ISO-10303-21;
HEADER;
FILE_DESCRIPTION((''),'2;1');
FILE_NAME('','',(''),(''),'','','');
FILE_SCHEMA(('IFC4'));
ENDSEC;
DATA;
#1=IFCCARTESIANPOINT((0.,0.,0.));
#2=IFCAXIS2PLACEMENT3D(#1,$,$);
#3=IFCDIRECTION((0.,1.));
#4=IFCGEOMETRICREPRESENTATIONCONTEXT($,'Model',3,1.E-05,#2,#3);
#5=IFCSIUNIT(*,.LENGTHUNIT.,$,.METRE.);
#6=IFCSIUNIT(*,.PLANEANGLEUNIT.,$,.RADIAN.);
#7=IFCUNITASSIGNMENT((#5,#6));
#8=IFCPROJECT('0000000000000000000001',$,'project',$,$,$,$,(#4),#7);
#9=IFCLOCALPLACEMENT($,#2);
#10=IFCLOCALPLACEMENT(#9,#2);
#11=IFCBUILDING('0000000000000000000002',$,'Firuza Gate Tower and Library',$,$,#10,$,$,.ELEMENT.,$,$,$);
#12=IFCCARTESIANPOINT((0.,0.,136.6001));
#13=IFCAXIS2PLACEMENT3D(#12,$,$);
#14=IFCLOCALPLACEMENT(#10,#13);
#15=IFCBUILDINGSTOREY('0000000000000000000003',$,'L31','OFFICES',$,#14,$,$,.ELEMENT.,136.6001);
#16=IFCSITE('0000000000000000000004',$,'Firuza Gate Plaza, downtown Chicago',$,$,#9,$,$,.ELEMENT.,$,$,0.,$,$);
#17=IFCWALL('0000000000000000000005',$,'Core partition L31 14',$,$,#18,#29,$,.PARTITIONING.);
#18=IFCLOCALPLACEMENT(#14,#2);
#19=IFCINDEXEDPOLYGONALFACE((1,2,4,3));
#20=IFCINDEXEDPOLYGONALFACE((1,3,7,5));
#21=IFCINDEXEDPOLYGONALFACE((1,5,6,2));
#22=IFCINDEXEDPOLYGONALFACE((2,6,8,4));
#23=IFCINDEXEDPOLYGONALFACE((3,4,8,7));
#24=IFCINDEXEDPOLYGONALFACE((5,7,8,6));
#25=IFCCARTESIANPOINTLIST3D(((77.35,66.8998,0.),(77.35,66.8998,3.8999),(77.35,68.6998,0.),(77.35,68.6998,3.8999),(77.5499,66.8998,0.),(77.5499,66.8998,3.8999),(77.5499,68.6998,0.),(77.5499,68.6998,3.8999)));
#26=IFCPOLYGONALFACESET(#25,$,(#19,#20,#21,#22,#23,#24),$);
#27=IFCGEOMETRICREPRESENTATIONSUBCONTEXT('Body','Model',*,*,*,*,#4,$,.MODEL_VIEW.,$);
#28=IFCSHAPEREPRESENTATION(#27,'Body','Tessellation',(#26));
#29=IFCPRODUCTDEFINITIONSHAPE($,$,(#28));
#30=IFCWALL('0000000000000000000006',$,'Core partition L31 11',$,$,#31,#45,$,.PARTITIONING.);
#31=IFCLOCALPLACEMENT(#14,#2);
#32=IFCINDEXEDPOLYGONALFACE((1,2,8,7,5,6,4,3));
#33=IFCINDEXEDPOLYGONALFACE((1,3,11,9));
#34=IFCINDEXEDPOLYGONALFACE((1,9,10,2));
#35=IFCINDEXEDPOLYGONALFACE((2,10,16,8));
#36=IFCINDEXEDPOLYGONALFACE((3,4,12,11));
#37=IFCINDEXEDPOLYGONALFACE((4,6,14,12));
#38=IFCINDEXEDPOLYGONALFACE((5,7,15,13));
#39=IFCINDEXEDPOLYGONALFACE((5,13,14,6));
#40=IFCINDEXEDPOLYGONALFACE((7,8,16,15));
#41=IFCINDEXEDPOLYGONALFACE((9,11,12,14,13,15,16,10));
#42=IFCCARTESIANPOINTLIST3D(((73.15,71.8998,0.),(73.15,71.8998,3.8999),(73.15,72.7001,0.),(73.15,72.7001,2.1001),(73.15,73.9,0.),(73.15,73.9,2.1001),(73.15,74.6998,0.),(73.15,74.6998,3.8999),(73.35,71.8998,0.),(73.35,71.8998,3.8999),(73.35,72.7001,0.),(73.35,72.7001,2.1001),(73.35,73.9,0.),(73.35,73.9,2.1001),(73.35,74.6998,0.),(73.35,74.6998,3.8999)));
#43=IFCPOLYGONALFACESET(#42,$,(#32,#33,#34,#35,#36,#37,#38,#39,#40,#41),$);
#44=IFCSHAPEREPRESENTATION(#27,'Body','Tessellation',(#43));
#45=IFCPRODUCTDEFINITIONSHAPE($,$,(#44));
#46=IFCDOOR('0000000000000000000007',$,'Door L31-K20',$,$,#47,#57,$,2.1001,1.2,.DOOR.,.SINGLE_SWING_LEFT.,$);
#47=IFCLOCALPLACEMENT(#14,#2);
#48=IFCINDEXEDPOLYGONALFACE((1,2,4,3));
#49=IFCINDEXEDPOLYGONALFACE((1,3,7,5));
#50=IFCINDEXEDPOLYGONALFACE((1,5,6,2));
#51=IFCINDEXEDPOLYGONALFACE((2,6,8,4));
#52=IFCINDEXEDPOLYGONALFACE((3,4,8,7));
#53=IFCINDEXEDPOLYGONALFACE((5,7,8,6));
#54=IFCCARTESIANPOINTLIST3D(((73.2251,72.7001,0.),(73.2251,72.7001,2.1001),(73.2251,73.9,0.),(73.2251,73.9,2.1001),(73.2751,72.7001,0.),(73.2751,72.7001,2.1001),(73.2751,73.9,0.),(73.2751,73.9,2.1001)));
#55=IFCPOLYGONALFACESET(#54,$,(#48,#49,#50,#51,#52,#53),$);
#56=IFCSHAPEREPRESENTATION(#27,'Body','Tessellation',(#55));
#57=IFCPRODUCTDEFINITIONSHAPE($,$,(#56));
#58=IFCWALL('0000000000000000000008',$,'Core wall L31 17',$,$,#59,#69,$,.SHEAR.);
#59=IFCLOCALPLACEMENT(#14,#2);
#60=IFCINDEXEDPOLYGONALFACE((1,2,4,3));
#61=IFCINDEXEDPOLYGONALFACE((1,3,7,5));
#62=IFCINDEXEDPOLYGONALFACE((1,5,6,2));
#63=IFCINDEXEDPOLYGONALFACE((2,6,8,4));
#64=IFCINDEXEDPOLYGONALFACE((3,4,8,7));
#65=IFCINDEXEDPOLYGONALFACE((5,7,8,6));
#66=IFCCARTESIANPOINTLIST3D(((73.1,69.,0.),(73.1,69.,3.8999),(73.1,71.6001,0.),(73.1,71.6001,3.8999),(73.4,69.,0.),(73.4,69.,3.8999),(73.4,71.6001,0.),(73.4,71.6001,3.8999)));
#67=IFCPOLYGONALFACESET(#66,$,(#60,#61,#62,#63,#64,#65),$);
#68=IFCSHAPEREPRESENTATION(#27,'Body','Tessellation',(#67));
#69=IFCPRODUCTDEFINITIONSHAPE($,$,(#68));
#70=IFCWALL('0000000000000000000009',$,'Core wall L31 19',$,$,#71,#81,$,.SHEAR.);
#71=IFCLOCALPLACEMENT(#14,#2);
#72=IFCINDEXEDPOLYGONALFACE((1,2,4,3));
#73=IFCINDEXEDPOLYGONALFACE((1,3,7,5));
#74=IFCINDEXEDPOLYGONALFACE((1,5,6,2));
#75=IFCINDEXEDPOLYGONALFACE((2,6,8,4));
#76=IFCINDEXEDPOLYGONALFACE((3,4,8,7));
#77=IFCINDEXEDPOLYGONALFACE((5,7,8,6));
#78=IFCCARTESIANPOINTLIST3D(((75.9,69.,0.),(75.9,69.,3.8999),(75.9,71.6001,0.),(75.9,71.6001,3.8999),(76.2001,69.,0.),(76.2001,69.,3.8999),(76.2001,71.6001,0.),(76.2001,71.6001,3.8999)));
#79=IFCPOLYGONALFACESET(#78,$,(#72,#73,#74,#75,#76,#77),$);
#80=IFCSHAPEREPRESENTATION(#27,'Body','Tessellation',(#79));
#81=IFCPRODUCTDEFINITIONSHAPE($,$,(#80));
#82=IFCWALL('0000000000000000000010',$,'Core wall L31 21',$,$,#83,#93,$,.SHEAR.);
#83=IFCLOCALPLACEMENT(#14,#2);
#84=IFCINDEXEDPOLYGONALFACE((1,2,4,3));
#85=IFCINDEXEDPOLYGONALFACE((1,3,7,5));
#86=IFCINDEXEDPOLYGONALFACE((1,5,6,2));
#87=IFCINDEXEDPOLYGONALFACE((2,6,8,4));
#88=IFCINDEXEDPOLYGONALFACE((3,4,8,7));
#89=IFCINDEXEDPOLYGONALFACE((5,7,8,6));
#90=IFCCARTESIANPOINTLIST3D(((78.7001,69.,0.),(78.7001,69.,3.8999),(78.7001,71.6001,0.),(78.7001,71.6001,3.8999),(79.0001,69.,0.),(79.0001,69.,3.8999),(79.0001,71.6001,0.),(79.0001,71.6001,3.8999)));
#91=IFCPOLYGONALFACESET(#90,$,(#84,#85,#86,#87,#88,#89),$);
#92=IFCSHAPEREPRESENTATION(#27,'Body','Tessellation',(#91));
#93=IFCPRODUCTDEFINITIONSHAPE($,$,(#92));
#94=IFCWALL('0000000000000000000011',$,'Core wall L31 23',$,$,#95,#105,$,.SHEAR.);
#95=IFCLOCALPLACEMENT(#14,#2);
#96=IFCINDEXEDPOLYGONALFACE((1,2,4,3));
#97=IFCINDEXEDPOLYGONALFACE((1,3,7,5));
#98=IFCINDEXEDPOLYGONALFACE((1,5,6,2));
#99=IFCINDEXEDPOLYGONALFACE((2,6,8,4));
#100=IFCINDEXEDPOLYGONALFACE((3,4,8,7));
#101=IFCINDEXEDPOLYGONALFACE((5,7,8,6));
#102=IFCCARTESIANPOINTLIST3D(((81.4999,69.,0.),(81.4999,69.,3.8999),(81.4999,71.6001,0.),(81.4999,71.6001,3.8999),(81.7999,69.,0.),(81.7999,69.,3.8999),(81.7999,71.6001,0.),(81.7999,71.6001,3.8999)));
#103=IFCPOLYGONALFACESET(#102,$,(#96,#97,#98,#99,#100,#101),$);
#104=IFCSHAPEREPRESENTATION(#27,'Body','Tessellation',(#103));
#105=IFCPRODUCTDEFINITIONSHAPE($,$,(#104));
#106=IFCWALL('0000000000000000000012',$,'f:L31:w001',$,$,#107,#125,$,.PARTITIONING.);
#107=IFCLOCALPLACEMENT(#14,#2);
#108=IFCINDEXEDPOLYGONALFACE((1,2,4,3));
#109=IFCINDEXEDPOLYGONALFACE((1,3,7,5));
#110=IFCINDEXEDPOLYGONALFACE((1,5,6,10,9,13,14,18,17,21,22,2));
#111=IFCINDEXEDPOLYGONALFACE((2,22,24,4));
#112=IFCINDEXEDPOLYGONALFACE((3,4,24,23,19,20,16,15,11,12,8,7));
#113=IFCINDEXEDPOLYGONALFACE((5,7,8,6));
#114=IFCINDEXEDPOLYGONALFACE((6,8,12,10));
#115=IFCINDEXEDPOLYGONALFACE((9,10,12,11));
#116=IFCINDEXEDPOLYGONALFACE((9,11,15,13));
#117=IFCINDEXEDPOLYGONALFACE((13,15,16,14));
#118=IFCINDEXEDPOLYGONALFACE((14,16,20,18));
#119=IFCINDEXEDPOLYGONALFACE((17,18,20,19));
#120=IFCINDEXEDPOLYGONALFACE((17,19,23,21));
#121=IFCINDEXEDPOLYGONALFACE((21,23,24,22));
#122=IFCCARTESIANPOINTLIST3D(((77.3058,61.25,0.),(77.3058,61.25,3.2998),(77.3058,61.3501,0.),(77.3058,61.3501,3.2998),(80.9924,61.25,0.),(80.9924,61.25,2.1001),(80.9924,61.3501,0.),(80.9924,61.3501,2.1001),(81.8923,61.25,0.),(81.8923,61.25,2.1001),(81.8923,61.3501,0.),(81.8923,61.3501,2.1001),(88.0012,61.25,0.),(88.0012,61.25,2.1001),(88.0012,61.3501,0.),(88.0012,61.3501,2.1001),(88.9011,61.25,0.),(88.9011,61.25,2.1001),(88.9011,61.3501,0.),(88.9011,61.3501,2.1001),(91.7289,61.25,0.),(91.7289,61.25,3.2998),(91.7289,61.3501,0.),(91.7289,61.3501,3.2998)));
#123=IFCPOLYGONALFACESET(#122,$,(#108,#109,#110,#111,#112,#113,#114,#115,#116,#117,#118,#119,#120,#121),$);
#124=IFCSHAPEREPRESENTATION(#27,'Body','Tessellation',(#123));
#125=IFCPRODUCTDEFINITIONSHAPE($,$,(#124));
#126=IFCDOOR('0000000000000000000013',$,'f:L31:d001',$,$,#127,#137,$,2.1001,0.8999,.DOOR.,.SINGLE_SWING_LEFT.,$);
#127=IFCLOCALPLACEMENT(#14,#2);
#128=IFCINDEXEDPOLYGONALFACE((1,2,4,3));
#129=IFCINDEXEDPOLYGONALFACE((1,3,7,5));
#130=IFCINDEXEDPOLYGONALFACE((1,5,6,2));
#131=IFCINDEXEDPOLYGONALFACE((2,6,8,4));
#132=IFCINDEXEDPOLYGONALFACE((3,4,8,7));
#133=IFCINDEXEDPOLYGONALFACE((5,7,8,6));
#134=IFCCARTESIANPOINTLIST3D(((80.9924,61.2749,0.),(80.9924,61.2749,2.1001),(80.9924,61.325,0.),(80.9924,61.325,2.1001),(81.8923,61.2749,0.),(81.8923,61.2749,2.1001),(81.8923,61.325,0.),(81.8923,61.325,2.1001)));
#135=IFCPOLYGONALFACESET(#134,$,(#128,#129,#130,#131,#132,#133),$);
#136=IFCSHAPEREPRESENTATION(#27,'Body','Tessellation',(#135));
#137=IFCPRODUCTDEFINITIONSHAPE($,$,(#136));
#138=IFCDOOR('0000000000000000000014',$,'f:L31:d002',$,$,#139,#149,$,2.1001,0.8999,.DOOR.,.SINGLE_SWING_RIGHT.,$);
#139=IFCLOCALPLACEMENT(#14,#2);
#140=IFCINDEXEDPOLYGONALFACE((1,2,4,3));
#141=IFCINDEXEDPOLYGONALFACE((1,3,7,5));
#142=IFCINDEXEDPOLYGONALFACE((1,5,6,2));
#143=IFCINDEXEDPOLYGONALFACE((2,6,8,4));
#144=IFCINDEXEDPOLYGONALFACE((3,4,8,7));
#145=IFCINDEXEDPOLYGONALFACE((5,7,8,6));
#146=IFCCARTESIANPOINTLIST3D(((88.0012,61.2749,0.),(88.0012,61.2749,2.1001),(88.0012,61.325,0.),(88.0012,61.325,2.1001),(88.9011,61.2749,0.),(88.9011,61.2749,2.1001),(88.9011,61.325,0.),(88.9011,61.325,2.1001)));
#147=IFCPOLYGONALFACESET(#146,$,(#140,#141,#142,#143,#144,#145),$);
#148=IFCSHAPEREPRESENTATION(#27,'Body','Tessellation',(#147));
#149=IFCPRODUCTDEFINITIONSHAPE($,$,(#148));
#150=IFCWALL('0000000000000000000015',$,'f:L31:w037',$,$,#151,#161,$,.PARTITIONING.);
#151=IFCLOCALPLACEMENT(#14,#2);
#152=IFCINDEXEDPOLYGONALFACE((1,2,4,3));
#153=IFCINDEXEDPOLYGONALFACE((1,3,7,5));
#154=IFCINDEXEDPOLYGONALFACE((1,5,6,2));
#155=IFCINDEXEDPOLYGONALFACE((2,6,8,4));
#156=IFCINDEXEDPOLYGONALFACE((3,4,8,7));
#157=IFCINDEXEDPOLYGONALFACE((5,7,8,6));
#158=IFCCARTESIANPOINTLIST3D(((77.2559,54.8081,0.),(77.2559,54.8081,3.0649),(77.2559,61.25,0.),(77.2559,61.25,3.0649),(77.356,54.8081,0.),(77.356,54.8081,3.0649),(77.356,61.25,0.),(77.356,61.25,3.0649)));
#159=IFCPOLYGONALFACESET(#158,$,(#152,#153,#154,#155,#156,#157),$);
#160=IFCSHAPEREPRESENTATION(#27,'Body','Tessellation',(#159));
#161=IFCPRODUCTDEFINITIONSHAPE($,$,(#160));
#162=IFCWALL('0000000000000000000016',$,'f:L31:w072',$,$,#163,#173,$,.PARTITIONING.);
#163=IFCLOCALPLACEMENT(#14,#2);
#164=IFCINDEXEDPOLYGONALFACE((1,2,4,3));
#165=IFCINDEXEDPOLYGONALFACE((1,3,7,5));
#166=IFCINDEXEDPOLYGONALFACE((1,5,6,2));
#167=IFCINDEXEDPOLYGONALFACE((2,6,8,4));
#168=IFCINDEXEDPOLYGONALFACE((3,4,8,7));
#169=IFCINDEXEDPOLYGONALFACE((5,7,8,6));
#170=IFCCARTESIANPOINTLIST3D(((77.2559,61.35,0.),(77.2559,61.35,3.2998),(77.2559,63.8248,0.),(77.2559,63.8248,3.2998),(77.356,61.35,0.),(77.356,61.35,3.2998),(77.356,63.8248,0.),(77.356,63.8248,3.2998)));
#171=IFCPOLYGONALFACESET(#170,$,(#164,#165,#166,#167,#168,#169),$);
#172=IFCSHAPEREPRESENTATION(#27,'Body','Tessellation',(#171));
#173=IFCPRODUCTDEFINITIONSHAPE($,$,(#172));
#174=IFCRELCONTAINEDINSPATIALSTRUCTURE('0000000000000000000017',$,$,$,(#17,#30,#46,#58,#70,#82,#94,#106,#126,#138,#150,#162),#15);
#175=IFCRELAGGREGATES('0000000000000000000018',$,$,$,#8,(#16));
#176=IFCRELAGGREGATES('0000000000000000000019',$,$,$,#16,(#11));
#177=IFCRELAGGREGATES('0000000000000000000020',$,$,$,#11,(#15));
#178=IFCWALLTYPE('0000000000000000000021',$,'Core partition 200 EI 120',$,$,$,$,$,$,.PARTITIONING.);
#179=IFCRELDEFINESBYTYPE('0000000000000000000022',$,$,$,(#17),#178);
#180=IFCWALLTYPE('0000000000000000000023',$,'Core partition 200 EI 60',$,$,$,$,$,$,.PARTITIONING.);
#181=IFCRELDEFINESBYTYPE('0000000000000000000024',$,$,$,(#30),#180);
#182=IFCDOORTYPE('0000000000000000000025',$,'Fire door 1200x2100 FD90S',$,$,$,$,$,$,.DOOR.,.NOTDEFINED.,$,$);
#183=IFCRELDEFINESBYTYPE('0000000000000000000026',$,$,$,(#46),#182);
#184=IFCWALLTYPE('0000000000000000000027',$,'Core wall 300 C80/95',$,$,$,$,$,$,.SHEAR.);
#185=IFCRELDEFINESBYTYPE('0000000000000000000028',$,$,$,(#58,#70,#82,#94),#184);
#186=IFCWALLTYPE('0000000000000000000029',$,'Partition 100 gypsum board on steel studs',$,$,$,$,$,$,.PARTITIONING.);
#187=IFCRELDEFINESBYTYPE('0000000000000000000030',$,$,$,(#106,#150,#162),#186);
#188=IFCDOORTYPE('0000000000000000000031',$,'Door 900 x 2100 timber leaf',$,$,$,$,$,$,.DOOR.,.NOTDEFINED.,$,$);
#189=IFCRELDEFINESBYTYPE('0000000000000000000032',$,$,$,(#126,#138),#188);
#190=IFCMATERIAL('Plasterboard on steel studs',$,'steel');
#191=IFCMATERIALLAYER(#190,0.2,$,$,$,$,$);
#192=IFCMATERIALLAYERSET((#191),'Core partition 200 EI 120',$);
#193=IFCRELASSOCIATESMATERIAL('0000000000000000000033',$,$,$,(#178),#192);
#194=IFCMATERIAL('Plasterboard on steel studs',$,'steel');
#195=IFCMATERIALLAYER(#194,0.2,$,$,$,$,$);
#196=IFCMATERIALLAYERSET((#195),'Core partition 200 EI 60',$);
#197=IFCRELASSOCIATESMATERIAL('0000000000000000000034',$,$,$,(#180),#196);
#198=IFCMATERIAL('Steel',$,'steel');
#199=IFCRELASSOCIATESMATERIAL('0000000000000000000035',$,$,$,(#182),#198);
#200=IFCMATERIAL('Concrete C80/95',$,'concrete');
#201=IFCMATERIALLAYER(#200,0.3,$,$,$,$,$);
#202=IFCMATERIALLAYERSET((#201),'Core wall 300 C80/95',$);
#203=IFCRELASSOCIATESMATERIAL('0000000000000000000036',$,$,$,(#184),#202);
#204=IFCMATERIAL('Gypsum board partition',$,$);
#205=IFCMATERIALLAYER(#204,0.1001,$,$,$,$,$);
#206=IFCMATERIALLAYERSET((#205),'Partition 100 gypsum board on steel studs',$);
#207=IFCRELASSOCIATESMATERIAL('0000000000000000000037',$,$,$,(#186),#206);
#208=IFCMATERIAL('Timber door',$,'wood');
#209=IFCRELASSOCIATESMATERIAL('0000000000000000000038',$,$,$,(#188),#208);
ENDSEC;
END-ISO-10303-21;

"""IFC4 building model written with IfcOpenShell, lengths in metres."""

from ifc_helpers import new_model, si_unit, direction, frame, frame_2d, origin, place, context, subcontext, project, spatial, rectangle, extrude, material, layer, layer_set, type_object, element, fill, save


model = new_model("IFC4")

# Units and contexts
model_context = context("Model", 3, precision=1e-05, world=origin(), true_north=direction((0.0, 1.0)))
body_context = subcontext(model_context, "Body", "Model", "MODEL_VIEW")
ifc_project = project(units=[si_unit("LENGTHUNIT", "METRE"), si_unit("PLANEANGLEUNIT", "RADIAN")], contexts=[model_context])

# Site, building, storey
site_placement = place(None, origin())
site = spatial("IfcSite", under=ifc_project, at=site_placement, Name="Firuza Gate Plaza, downtown Chicago", CompositionType="ELEMENT", RefElevation=0.0)
building_placement = place(site_placement, origin())
building = spatial("IfcBuilding", under=site, at=building_placement, Name="Firuza Gate Tower and Library", CompositionType="ELEMENT")
storey_placement = place(building_placement, frame((0.0, 0.0, 136.6001)))
storey = spatial("IfcBuildingStorey", under=building, at=storey_placement, Name="L31", Description="OFFICES", CompositionType="ELEMENT", Elevation=136.6001)

# Wall
ifc_material_1 = material(Name="Plasterboard on steel studs", Category="steel")
ifc_layer_1 = layer(ifc_material_1, 0.2)
ifc_layer_set_1 = layer_set([ifc_layer_1], Name="Core partition 200 EI 120")
wall_type_1 = type_object("IfcWallType", Name="Core partition 200 EI 120", PredefinedType="PARTITIONING", material=ifc_layer_set_1)
wall_1_placement = place(storey_placement, frame((77.45, 66.8999, 0.0), z_axis=(0.0, 0.0, 1.0), x_axis=(0.0, 1.0, 0.0)))
element("IfcWall", 1, at=wall_1_placement, inside=storey, type_object=wall_type_1, Name="Core partition L31 14", PredefinedType="PARTITIONING", context=body_context, shape_type="SweptSolid", body=[
    extrude(rectangle(XDim=1.8, YDim=0.2, at=frame_2d((0.8999, 0.0))), origin(), (0.0, 0.0, 1.0), 3.8999),
])

# Wall, opening, door
ifc_material_2 = material(Name="Plasterboard on steel studs", Category="steel")
ifc_layer_2 = layer(ifc_material_2, 0.2)
ifc_layer_set_2 = layer_set([ifc_layer_2], Name="Core partition 200 EI 60")
wall_type_2 = type_object("IfcWallType", Name="Core partition 200 EI 60", PredefinedType="PARTITIONING", material=ifc_layer_set_2)
wall_2_placement = place(storey_placement, frame((73.25, 71.8999, 0.0), z_axis=(0.0, 0.0, 1.0), x_axis=(0.0, 1.0, 0.0)))
wall_2 = element("IfcWall", 2, at=wall_2_placement, inside=storey, type_object=wall_type_2, Name="Core partition L31 11", PredefinedType="PARTITIONING", context=body_context, shape_type="SweptSolid", body=[
    extrude(rectangle(XDim=2.8, YDim=0.2, at=frame_2d((1.3999, 0.0))), origin(), (0.0, 0.0, 1.0), 3.8999),
])
opening_1_placement = place(wall_2_placement, frame((0.8, 0.0, 0.0)))
opening_1 = element("IfcOpeningElement", 3, at=opening_1_placement, cuts=wall_2, PredefinedType="OPENING", context=body_context, shape_type="SweptSolid", body=[
    extrude(rectangle(XDim=1.2, YDim=2.1001, at=frame_2d((0.6001, 1.05))), frame((0.0, 0.1099, 0.0), z_axis=(0.0, -1.0, 0.0), x_axis=(1.0, 0.0, 0.0)), (0.0, 0.0, 1.0), 0.22),
])
ifc_material_3 = material(Name="Steel", Category="steel")
door_type_1 = type_object("IfcDoorType", Name="Fire door 1200x2100 FD90S", OperationType="NOTDEFINED", PredefinedType="DOOR", material=ifc_material_3)
door_1_placement = place(opening_1_placement, origin())
door_1 = element("IfcDoor", 4, at=door_1_placement, inside=storey, type_object=door_type_1, Name="Door L31-K20", OperationType="SINGLE_SWING_LEFT", OverallHeight=2.1001, OverallWidth=1.2, PredefinedType="DOOR", context=body_context, shape_type="SweptSolid", body=[
    extrude(rectangle(XDim=1.2, YDim=2.1001, at=frame_2d((0.6001, 1.05))), frame((0.0, 0.0249, 0.0), z_axis=(0.0, -1.0, 0.0), x_axis=(1.0, 0.0, 0.0)), (0.0, 0.0, 1.0), 0.05),
])
fill(opening_1, door_1)

# Walls
ifc_material_4 = material(Name="Concrete C80/95", Category="concrete")
ifc_layer_3 = layer(ifc_material_4, 0.3)
ifc_layer_set_3 = layer_set([ifc_layer_3], Name="Core wall 300 C80/95")
wall_type_3 = type_object("IfcWallType", Name="Core wall 300 C80/95", PredefinedType="SHEAR", material=ifc_layer_set_3)
for number, where, z_axis, x_axis, name in (
    (5, (73.25, 69.0, 0.0), (0.0, 0.0, 1.0), (0.0, 1.0, 0.0), "Core wall L31 17"),
    (6, (76.05, 69.0, 0.0), (0.0, 0.0, 1.0), (0.0, 1.0, 0.0), "Core wall L31 19"),
    (7, (78.8501, 69.0, 0.0), (0.0, 0.0, 1.0), (0.0, 1.0, 0.0), "Core wall L31 21"),
    (8, (81.6499, 69.0, 0.0), (0.0, 0.0, 1.0), (0.0, 1.0, 0.0), "Core wall L31 23"),
):
    element("IfcWall", number, at=place(storey_placement, frame(where, z_axis=z_axis, x_axis=x_axis)), inside=storey, type_object=wall_type_3, Name=name, PredefinedType="SHEAR", context=body_context, shape_type="SweptSolid", body=[
        extrude(rectangle(XDim=2.6001, YDim=0.3, at=frame_2d((1.3, 0.0))), origin(), (0.0, 0.0, 1.0), 3.8999),
    ])

# Wall, openings, doors
ifc_material_5 = material(Name="Gypsum board partition")
ifc_layer_4 = layer(ifc_material_5, 0.1001)
ifc_layer_set_4 = layer_set([ifc_layer_4], Name="Partition 100 gypsum board on steel studs")
wall_type_4 = type_object("IfcWallType", Name="Partition 100 gypsum board on steel studs", PredefinedType="PARTITIONING", material=ifc_layer_set_4)
wall_3_placement = place(storey_placement, frame((77.3059, 61.3, 0.0), z_axis=(0.0, 0.0, 1.0), x_axis=(1.0, 0.0, 0.0)))
wall_3 = element("IfcWall", 9, at=wall_3_placement, inside=storey, type_object=wall_type_4, Name="f:L31:w001", PredefinedType="PARTITIONING", context=body_context, shape_type="SweptSolid", body=[
    extrude(rectangle(XDim=14.4231, YDim=0.1001, at=frame_2d((7.2114, 0.0))), origin(), (0.0, 0.0, 1.0), 3.2998),
])
opening_2_placement = place(wall_3_placement, frame((3.6865, 0.0, 0.0)))
opening_2 = element("IfcOpeningElement", 10, at=opening_2_placement, cuts=wall_3, PredefinedType="OPENING", context=body_context, shape_type="SweptSolid", body=[
    extrude(rectangle(XDim=0.8999, YDim=2.1001, at=frame_2d((0.45, 1.05))), frame((0.0, 0.0601, 0.0), z_axis=(0.0, -1.0, 0.0), x_axis=(1.0, 0.0, 0.0)), (0.0, 0.0, 1.0), 0.1201),
])
opening_3_placement = place(wall_3_placement, frame((10.6953, 0.0, 0.0)))
opening_3 = element("IfcOpeningElement", 11, at=opening_3_placement, cuts=wall_3, PredefinedType="OPENING", context=body_context, shape_type="SweptSolid", body=[
    extrude(rectangle(XDim=0.8999, YDim=2.1001, at=frame_2d((0.45, 1.05))), frame((0.0, 0.0601, 0.0), z_axis=(0.0, -1.0, 0.0), x_axis=(1.0, 0.0, 0.0)), (0.0, 0.0, 1.0), 0.1201),
])
ifc_material_6 = material(Name="Timber door", Category="wood")
door_type_2 = type_object("IfcDoorType", Name="Door 900 x 2100 timber leaf", OperationType="NOTDEFINED", PredefinedType="DOOR", material=ifc_material_6)
door_2_placement = place(opening_2_placement, origin())
door_2 = element("IfcDoor", 12, at=door_2_placement, inside=storey, type_object=door_type_2, Name="f:L31:d001", OperationType="SINGLE_SWING_LEFT", OverallHeight=2.1001, OverallWidth=0.8999, PredefinedType="DOOR", context=body_context, shape_type="SweptSolid", body=[
    extrude(rectangle(XDim=0.8999, YDim=2.1001, at=frame_2d((0.45, 1.05))), frame((0.0, 0.0249, 0.0), z_axis=(0.0, -1.0, 0.0), x_axis=(1.0, 0.0, 0.0)), (0.0, 0.0, 1.0), 0.05),
])
fill(opening_2, door_2)
door_3_placement = place(opening_3_placement, origin())
door_3 = element("IfcDoor", 13, at=door_3_placement, inside=storey, type_object=door_type_2, Name="f:L31:d002", OperationType="SINGLE_SWING_RIGHT", OverallHeight=2.1001, OverallWidth=0.8999, PredefinedType="DOOR", context=body_context, shape_type="SweptSolid", body=[
    extrude(rectangle(XDim=0.8999, YDim=2.1001, at=frame_2d((0.45, 1.05))), frame((0.0, 0.0249, 0.0), z_axis=(0.0, -1.0, 0.0), x_axis=(1.0, 0.0, 0.0)), (0.0, 0.0, 1.0), 0.05),
])
fill(opening_3, door_3)

# Walls
wall_4_placement = place(storey_placement, frame((77.3059, 54.8081, 0.0), z_axis=(0.0, 0.0, 1.0), x_axis=(0.0, 1.0, 0.0)))
element("IfcWall", 14, at=wall_4_placement, inside=storey, type_object=wall_type_4, Name="f:L31:w037", PredefinedType="PARTITIONING", context=body_context, shape_type="SweptSolid", body=[
    extrude(rectangle(XDim=6.4419, YDim=0.1001, at=frame_2d((3.2209, 0.0))), origin(), (0.0, 0.0, 1.0), 3.0649),
])
wall_5_placement = place(storey_placement, frame((77.3059, 61.3501, 0.0), z_axis=(0.0, 0.0, 1.0), x_axis=(0.0, 1.0, 0.0)))
element("IfcWall", 15, at=wall_5_placement, inside=storey, type_object=wall_type_4, Name="f:L31:w072", PredefinedType="PARTITIONING", context=body_context, shape_type="SweptSolid", body=[
    extrude(rectangle(XDim=2.4749, YDim=0.1001, at=frame_2d((1.2373, 0.0))), origin(), (0.0, 0.0, 1.0), 3.2998),
])

save(model, "model.ifc")
